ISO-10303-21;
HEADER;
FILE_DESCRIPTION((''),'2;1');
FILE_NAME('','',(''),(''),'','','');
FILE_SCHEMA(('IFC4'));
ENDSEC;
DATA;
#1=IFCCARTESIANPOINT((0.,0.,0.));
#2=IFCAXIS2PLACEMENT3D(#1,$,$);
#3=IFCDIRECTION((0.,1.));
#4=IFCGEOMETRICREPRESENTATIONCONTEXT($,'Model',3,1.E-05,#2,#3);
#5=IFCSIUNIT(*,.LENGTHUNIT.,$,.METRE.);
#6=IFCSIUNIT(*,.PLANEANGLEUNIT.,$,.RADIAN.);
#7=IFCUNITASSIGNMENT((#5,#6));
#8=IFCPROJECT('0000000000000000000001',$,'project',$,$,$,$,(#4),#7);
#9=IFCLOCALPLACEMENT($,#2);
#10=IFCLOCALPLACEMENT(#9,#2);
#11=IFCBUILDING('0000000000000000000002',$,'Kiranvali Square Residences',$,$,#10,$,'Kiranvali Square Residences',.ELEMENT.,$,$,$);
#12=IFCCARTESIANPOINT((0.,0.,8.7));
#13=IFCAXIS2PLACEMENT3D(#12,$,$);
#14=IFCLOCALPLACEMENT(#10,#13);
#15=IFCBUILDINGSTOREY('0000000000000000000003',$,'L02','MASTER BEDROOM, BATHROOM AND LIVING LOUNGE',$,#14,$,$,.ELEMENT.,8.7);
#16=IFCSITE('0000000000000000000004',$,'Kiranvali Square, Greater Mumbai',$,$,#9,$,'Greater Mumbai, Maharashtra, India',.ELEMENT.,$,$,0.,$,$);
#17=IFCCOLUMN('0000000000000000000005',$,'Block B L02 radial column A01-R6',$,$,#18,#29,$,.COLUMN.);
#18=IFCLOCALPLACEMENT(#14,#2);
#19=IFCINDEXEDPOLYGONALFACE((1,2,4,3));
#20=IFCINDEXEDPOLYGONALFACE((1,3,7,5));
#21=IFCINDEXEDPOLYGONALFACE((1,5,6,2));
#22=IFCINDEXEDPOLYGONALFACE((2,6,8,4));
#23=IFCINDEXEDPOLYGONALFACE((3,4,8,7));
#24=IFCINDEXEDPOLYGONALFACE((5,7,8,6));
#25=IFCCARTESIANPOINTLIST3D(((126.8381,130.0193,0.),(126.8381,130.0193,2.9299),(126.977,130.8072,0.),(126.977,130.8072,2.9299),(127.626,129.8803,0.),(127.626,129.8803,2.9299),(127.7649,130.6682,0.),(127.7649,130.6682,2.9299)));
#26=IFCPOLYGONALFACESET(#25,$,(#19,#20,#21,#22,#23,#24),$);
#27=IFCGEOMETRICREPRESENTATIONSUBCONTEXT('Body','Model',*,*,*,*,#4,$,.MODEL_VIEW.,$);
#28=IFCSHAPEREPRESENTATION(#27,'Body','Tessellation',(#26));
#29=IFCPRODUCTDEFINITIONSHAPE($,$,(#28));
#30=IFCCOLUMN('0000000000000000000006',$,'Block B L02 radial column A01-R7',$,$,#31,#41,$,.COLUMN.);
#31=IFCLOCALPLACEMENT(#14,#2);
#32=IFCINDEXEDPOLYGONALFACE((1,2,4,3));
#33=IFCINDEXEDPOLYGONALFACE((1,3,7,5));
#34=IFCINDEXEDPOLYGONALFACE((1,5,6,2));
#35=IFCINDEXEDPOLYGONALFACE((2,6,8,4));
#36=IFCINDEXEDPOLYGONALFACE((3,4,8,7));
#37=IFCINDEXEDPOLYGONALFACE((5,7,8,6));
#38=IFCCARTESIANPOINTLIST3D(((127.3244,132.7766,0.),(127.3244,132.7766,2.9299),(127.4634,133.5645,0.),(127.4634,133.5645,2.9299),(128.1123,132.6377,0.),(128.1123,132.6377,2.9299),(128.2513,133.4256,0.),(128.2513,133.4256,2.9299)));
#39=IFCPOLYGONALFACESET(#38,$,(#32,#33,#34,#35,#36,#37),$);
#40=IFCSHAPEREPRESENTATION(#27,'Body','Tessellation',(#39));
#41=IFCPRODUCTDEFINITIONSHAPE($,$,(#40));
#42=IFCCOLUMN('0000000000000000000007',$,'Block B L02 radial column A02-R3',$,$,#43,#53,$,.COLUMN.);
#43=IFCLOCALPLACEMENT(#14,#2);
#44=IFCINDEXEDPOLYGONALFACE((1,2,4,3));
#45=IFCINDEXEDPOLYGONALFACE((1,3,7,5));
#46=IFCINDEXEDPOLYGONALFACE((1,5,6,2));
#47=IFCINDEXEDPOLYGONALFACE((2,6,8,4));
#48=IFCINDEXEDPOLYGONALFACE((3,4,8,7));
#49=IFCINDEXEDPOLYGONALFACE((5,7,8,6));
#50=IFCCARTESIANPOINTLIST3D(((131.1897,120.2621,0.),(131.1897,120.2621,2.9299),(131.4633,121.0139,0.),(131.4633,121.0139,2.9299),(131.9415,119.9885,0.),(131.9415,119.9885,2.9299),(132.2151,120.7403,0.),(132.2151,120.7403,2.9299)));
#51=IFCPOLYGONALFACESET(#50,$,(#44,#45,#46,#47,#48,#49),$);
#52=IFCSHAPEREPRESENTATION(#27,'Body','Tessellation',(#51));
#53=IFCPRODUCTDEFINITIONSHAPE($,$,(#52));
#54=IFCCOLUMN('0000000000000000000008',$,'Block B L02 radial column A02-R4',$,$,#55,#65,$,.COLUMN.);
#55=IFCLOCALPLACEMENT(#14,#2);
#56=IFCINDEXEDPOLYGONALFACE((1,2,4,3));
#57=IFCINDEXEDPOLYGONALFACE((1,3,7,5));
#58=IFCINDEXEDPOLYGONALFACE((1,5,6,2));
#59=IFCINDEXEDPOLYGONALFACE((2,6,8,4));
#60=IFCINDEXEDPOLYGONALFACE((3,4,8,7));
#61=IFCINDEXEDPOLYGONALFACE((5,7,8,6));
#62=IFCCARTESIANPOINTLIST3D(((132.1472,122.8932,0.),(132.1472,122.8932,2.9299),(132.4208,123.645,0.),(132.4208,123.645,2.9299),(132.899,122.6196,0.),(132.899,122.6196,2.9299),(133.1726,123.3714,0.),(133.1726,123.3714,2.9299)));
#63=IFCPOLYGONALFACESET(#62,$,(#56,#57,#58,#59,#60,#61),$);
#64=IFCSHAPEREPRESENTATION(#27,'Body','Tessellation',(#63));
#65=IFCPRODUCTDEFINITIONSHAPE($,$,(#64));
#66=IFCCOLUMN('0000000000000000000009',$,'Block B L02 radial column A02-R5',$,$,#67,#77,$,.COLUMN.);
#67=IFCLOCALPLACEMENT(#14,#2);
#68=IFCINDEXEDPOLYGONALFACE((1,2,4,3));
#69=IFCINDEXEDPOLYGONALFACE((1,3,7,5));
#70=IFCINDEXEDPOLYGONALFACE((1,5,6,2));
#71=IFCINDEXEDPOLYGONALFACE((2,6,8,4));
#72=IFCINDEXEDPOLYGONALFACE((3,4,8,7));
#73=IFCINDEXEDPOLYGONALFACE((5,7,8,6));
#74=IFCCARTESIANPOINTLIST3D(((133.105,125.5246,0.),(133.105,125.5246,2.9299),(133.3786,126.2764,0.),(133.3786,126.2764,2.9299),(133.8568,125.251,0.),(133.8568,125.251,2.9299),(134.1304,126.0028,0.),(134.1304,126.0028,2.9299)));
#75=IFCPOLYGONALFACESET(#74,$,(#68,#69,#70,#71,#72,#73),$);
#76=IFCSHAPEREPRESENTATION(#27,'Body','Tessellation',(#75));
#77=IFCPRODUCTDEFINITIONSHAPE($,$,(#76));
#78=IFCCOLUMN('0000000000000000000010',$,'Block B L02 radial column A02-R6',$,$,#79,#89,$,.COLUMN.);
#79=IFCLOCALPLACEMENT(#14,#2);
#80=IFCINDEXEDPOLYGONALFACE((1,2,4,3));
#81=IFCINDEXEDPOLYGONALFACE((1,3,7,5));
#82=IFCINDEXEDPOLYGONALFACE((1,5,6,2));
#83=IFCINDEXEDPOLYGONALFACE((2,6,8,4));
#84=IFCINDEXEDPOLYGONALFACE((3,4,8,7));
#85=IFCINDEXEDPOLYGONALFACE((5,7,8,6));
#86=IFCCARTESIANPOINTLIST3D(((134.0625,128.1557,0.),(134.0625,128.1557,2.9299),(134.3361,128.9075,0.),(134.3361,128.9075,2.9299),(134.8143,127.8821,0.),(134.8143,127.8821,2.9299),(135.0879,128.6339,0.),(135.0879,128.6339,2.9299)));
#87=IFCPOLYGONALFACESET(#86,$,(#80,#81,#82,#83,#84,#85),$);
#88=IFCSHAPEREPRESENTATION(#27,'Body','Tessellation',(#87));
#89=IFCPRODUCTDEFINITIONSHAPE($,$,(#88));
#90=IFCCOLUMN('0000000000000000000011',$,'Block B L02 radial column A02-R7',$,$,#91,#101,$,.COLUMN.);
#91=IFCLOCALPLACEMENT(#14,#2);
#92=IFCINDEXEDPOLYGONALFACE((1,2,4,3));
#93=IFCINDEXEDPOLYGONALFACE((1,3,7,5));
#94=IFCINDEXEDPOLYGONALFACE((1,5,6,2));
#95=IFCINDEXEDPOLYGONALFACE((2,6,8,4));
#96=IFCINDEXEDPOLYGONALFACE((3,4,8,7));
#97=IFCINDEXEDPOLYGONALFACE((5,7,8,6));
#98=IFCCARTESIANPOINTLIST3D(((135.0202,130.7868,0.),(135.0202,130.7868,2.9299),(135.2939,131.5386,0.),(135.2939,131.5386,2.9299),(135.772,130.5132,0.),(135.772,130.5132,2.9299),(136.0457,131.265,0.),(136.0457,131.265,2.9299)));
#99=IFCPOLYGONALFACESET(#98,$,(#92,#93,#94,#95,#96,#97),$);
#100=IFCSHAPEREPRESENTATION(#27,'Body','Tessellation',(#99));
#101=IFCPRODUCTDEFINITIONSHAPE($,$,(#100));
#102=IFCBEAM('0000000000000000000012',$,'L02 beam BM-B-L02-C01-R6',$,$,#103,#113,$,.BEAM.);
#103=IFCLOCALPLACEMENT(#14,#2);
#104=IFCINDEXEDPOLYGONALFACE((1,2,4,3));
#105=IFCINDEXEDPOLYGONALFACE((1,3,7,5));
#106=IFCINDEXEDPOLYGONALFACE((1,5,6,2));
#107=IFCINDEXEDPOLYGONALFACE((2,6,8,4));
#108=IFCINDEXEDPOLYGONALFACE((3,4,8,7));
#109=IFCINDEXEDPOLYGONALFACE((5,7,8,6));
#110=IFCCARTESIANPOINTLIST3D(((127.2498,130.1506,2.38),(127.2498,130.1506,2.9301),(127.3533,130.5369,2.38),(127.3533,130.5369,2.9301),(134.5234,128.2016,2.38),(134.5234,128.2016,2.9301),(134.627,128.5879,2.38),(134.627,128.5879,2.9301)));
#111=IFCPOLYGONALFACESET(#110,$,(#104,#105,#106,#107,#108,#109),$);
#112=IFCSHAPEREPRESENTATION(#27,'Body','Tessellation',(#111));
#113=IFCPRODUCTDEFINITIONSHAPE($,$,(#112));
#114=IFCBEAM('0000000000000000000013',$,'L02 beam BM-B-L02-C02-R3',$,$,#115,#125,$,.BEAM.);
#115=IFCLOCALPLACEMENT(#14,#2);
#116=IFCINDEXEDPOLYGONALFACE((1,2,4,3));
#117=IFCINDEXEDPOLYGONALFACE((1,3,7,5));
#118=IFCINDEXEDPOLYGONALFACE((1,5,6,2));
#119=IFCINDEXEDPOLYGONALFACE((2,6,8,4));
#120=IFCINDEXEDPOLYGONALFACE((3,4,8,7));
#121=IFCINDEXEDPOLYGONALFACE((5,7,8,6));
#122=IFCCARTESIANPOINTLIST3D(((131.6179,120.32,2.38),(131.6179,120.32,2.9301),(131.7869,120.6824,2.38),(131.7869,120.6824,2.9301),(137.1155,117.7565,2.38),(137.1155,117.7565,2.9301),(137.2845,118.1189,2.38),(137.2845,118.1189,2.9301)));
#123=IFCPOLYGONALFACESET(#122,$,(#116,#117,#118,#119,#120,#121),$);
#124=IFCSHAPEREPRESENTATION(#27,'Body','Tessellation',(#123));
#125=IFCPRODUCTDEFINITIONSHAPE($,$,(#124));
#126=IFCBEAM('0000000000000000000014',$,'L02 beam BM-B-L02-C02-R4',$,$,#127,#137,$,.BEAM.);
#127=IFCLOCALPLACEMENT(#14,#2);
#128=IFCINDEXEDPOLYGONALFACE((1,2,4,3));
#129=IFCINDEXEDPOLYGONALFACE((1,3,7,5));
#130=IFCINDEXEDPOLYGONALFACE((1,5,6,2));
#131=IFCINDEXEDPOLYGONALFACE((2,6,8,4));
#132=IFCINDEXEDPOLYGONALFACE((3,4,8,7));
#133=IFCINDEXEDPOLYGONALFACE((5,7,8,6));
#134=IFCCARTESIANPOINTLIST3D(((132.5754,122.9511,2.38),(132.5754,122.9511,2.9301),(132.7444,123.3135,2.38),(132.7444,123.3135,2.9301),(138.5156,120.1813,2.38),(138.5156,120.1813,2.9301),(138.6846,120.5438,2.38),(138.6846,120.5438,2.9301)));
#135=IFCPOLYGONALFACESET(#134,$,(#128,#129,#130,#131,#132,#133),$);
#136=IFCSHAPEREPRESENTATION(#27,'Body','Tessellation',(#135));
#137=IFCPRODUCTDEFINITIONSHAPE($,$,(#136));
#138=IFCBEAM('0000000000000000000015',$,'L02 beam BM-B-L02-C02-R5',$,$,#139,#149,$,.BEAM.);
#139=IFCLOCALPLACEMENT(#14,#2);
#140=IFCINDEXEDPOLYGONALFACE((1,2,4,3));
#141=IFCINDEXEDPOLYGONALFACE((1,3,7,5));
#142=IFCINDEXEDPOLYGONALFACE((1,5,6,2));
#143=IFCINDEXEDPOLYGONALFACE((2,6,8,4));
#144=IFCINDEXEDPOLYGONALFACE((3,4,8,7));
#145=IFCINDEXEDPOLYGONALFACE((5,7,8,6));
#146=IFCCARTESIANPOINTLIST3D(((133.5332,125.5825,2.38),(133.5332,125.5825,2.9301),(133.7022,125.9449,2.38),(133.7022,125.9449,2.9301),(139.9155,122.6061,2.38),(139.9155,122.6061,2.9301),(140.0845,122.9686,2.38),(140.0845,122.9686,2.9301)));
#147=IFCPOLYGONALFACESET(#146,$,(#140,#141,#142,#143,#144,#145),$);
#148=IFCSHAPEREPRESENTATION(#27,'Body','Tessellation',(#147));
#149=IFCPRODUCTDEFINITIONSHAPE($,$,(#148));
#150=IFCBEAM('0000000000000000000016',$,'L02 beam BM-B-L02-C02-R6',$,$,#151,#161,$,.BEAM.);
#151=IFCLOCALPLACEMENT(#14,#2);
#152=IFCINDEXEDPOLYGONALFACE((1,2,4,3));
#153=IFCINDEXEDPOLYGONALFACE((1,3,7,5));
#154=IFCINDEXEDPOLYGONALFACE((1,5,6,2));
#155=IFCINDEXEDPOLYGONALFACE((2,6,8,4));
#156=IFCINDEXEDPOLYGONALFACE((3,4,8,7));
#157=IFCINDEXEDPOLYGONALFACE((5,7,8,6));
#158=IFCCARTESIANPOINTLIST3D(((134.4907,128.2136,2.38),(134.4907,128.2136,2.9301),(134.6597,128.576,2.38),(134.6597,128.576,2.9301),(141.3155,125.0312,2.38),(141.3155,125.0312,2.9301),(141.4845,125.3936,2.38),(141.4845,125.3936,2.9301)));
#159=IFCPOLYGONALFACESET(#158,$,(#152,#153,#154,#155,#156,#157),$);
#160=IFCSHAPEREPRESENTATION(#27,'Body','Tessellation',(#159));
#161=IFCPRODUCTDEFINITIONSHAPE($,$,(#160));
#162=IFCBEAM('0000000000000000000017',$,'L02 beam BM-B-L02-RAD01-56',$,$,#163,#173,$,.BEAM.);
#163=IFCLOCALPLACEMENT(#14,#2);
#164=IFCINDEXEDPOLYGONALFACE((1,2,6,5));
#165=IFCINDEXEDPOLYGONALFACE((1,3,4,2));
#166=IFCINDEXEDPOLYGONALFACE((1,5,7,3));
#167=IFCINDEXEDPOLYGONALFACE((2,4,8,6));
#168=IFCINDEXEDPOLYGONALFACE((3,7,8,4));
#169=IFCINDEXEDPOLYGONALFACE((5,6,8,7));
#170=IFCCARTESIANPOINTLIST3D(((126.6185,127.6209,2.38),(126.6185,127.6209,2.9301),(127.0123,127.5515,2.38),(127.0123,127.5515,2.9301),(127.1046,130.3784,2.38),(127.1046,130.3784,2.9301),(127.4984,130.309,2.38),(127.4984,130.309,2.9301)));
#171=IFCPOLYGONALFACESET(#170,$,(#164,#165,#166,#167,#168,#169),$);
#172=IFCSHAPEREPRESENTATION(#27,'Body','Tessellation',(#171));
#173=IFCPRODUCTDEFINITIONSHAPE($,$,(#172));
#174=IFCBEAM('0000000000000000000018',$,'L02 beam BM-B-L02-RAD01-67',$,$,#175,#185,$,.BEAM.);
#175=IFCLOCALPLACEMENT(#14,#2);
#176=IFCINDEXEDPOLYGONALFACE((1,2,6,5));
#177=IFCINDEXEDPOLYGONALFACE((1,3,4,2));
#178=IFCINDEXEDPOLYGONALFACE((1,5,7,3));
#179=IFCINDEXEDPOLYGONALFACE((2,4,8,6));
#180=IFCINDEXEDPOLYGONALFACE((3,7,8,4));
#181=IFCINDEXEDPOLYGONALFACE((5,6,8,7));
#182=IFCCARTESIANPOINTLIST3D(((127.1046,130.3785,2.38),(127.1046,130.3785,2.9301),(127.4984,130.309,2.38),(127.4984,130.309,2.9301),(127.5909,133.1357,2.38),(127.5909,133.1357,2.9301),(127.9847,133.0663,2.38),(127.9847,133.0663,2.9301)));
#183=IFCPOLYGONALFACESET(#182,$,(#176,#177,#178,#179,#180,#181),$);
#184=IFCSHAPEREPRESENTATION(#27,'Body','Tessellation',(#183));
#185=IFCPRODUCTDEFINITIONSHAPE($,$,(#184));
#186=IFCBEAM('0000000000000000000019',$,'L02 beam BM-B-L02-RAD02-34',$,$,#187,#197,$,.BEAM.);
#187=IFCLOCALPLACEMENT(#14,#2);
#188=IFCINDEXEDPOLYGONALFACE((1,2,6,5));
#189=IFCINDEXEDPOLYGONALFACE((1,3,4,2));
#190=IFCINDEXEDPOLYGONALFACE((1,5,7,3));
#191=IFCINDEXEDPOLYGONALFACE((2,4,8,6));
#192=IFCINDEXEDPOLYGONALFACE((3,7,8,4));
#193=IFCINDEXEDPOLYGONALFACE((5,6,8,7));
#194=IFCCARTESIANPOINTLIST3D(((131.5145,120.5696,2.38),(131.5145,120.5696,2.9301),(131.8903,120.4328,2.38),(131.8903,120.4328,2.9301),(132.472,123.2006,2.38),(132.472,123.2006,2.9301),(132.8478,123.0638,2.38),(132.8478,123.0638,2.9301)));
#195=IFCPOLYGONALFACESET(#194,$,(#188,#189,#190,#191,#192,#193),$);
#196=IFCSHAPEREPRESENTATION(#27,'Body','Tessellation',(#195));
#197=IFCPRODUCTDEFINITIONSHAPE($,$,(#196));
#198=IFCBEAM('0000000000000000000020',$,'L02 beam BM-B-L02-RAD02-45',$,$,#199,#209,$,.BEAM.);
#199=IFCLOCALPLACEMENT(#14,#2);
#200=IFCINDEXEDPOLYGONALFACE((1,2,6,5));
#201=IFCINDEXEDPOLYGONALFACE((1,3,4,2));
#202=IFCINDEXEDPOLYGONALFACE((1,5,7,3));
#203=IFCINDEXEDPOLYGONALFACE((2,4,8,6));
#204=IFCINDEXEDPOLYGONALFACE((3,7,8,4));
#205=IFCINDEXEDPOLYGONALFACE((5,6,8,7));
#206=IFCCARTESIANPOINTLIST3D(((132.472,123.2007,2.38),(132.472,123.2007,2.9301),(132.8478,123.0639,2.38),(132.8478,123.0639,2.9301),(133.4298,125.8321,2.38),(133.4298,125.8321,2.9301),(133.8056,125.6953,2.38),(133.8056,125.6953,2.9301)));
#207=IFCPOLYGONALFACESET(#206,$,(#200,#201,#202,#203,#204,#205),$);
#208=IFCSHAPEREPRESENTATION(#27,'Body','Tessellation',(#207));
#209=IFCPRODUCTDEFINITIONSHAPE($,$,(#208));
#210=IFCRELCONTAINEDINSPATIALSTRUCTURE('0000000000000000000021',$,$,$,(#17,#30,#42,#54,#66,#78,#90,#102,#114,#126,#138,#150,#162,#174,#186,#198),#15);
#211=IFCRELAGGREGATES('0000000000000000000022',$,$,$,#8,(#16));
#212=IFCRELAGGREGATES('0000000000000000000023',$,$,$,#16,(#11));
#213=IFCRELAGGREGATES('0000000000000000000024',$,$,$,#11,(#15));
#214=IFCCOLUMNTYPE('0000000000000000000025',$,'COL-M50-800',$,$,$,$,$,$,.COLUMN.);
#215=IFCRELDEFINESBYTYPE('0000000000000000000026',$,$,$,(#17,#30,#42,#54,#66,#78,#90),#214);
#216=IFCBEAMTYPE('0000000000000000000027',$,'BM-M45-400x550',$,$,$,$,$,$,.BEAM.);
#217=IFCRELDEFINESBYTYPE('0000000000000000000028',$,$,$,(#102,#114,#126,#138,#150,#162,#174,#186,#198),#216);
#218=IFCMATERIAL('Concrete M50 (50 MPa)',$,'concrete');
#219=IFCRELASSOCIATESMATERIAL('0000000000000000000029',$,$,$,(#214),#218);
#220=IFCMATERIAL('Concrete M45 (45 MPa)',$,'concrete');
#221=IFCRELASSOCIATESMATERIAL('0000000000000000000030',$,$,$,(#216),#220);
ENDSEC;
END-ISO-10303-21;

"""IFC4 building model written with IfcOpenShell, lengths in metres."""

from ifc_helpers import new_model, si_unit, direction, frame, origin, origin_2d, place, context, subcontext, project, spatial, rectangle, extrude, material, material_profile, profile_set, type_object, element, save


model = new_model("IFC4")

# Units and contexts
model_context = context("Model", 3, precision=1e-05, world=origin(), true_north=direction((0.0, 1.0)))
body_context = subcontext(model_context, "Body", "Model", "MODEL_VIEW")
ifc_project = project(units=[si_unit("LENGTHUNIT", "METRE"), si_unit("PLANEANGLEUNIT", "RADIAN")], contexts=[model_context])

# Site, building, storey
site_placement = place(None, origin())
site = spatial("IfcSite", under=ifc_project, at=site_placement, Name="Kiranvali Square, Greater Mumbai", LongName="Greater Mumbai, Maharashtra, India", CompositionType="ELEMENT", RefElevation=0.0)
building_placement = place(site_placement, origin())
building = spatial("IfcBuilding", under=site, at=building_placement, Name="Kiranvali Square Residences", LongName="Kiranvali Square Residences", CompositionType="ELEMENT")
storey_placement = place(building_placement, frame((0.0, 0.0, 8.7)))
storey = spatial("IfcBuildingStorey", under=building, at=storey_placement, Name="L02", Description="MASTER BEDROOM, BATHROOM AND LIVING LOUNGE", CompositionType="ELEMENT", Elevation=8.7)

# Columns
ifc_material_1 = material(Name="Concrete M50 (50 MPa)", Category="concrete")
ifc_material_profile_1 = material_profile(ifc_material_1, rectangle(XDim=0.8, YDim=0.8, at=origin_2d()), Name="RC 800x800")
ifc_profile_set_1 = profile_set([ifc_material_profile_1], Name="Concrete M50 (50 MPa)")
column_type = type_object("IfcColumnType", Name="COL-M50-800", PredefinedType="COLUMN", material=ifc_profile_set_1)
for number, where, z_axis, x_axis, name in (
    (1, (127.3015, 130.3438, 0.0), (0.0, 0.0, 1.0), (-0.984808, 0.173648, 0.0), "Block B L02 radial column A01-R6"),
    (2, (127.7878, 133.1011, 0.0), (0.0, 0.0, 1.0), (-0.984808, 0.173648, 0.0), "Block B L02 radial column A01-R7"),
    (3, (131.7024, 120.5012, 0.0), (0.0, 0.0, 1.0), (-0.939693, 0.34202, 0.0), "Block B L02 radial column A02-R3"),
    (4, (132.6599, 123.1323, 0.0), (0.0, 0.0, 1.0), (-0.939693, 0.34202, 0.0), "Block B L02 radial column A02-R4"),
    (5, (133.6177, 125.7637, 0.0), (0.0, 0.0, 1.0), (-0.939693, 0.34202, 0.0), "Block B L02 radial column A02-R5"),
    (6, (134.5752, 128.3948, 0.0), (0.0, 0.0, 1.0), (-0.939693, 0.34202, 0.0), "Block B L02 radial column A02-R6"),
    (7, (135.533, 131.0259, 0.0), (0.0, 0.0, 1.0), (-0.939693, 0.34202, 0.0), "Block B L02 radial column A02-R7"),
):
    element("IfcColumn", number, at=place(storey_placement, frame(where, z_axis=z_axis, x_axis=x_axis)), inside=storey, type_object=column_type, Name=name, PredefinedType="COLUMN", context=body_context, shape_type="SweptSolid", body=[
        extrude(rectangle(XDim=0.8, YDim=0.8, at=origin_2d()), origin(), (0.0, 0.0, 1.0), 2.9299),
    ])

# Beams
ifc_material_2 = material(Name="Concrete M45 (45 MPa)", Category="concrete")
ifc_material_profile_2 = material_profile(ifc_material_2, rectangle(XDim=0.3999, YDim=0.55, at=origin_2d()), Name="RC 400x550")
ifc_profile_set_2 = profile_set([ifc_material_profile_2], Name="Concrete M45 (45 MPa)")
beam_type_1 = type_object("IfcBeamType", Name="BM-M45-400x550", PredefinedType="BEAM", material=ifc_profile_set_2)
beam_1_placement = place(storey_placement, frame((127.3015, 130.3438, 2.655), z_axis=(0.965926, -0.258819, 0.0), x_axis=(0.258819, 0.965926, 0.0)))
element("IfcBeam", 8, at=beam_1_placement, inside=storey, type_object=beam_type_1, Name="L02 beam BM-B-L02-C01-R6", PredefinedType="BEAM", context=body_context, shape_type="SweptSolid", body=[
    extrude(rectangle(XDim=0.3999, YDim=0.55, at=origin_2d()), origin(), (0.0, 0.0, 1.0), 7.5303),
])
beam_2_placement = place(storey_placement, frame((131.7024, 120.5012, 2.655), z_axis=(0.906313, -0.422608, 0.0), x_axis=(0.422608, 0.906313, 0.0)))
element("IfcBeam", 9, at=beam_2_placement, inside=storey, type_object=beam_type_1, Name="L02 beam BM-B-L02-C02-R3", PredefinedType="BEAM", context=body_context, shape_type="SweptSolid", body=[
    extrude(rectangle(XDim=0.3999, YDim=0.55, at=origin_2d()), origin(), (0.0, 0.0, 1.0), 6.0659),
])
beam_3_placement = place(storey_placement, frame((132.6599, 123.1323, 2.655), z_axis=(0.906318, -0.422596, 0.0), x_axis=(0.422596, 0.906318, 0.0)))
element("IfcBeam", 10, at=beam_3_placement, inside=storey, type_object=beam_type_1, Name="L02 beam BM-B-L02-C02-R4", PredefinedType="BEAM", context=body_context, shape_type="SweptSolid", body=[
    extrude(rectangle(XDim=0.3999, YDim=0.55, at=origin_2d()), origin(), (0.0, 0.0, 1.0), 6.5542),
])
beam_4_placement = place(storey_placement, frame((133.6177, 125.7637, 2.655), z_axis=(0.906297, -0.422641, 0.0), x_axis=(0.422641, 0.906297, 0.0)))
element("IfcBeam", 11, at=beam_4_placement, inside=storey, type_object=beam_type_1, Name="L02 beam BM-B-L02-C02-R5", PredefinedType="BEAM", context=body_context, shape_type="SweptSolid", body=[
    extrude(rectangle(XDim=0.3999, YDim=0.55, at=origin_2d()), origin(), (0.0, 0.0, 1.0), 7.0422),
])
beam_5_placement = place(storey_placement, frame((134.5752, 128.3948, 2.655), z_axis=(0.90631, -0.422614, 0.0), x_axis=(0.422614, 0.90631, 0.0)))
element("IfcBeam", 12, at=beam_5_placement, inside=storey, type_object=beam_type_1, Name="L02 beam BM-B-L02-C02-R6", PredefinedType="BEAM", context=body_context, shape_type="SweptSolid", body=[
    extrude(rectangle(XDim=0.3999, YDim=0.55, at=origin_2d()), origin(), (0.0, 0.0, 1.0), 7.5303),
])
beam_6_placement = place(storey_placement, frame((126.8154, 127.5862, 2.655), z_axis=(0.173596, 0.984817, 0.0), x_axis=(-0.984817, 0.173596, 0.0)))
element("IfcBeam", 13, at=beam_6_placement, inside=storey, type_object=beam_type_1, Name="L02 beam BM-B-L02-RAD01-56", PredefinedType="BEAM", context=body_context, shape_type="SweptSolid", body=[
    extrude(rectangle(XDim=0.3999, YDim=0.55, at=origin_2d()), origin(), (0.0, 0.0, 1.0), 2.8),
])
for number, where, z_axis, x_axis, name in (
    (14, (127.3015, 130.3438, 2.655), (0.173696, 0.984799, 0.0), (-0.984799, 0.173696, 0.0), "L02 beam BM-B-L02-RAD01-67"),
    (15, (131.7024, 120.5012, 2.655), (0.341981, 0.939707, 0.0), (-0.939707, 0.341981, 0.0), "L02 beam BM-B-L02-RAD02-34"),
):
    element("IfcBeam", number, at=place(storey_placement, frame(where, z_axis=z_axis, x_axis=x_axis)), inside=storey, type_object=beam_type_1, Name=name, PredefinedType="BEAM", context=body_context, shape_type="SweptSolid", body=[
        extrude(rectangle(XDim=0.3999, YDim=0.55, at=origin_2d()), origin(), (0.0, 0.0, 1.0), 2.7998),
    ])
beam_7_placement = place(storey_placement, frame((132.6599, 123.1323, 2.655), z_axis=(0.34203, 0.939689, 0.0), x_axis=(-0.939689, 0.34203, 0.0)))
element("IfcBeam", 16, at=beam_7_placement, inside=storey, type_object=beam_type_1, Name="L02 beam BM-B-L02-RAD02-45", PredefinedType="BEAM", context=body_context, shape_type="SweptSolid", body=[
    extrude(rectangle(XDim=0.3999, YDim=0.55, at=origin_2d()), origin(), (0.0, 0.0, 1.0), 2.8003),
])

save(model, "model.ifc")
